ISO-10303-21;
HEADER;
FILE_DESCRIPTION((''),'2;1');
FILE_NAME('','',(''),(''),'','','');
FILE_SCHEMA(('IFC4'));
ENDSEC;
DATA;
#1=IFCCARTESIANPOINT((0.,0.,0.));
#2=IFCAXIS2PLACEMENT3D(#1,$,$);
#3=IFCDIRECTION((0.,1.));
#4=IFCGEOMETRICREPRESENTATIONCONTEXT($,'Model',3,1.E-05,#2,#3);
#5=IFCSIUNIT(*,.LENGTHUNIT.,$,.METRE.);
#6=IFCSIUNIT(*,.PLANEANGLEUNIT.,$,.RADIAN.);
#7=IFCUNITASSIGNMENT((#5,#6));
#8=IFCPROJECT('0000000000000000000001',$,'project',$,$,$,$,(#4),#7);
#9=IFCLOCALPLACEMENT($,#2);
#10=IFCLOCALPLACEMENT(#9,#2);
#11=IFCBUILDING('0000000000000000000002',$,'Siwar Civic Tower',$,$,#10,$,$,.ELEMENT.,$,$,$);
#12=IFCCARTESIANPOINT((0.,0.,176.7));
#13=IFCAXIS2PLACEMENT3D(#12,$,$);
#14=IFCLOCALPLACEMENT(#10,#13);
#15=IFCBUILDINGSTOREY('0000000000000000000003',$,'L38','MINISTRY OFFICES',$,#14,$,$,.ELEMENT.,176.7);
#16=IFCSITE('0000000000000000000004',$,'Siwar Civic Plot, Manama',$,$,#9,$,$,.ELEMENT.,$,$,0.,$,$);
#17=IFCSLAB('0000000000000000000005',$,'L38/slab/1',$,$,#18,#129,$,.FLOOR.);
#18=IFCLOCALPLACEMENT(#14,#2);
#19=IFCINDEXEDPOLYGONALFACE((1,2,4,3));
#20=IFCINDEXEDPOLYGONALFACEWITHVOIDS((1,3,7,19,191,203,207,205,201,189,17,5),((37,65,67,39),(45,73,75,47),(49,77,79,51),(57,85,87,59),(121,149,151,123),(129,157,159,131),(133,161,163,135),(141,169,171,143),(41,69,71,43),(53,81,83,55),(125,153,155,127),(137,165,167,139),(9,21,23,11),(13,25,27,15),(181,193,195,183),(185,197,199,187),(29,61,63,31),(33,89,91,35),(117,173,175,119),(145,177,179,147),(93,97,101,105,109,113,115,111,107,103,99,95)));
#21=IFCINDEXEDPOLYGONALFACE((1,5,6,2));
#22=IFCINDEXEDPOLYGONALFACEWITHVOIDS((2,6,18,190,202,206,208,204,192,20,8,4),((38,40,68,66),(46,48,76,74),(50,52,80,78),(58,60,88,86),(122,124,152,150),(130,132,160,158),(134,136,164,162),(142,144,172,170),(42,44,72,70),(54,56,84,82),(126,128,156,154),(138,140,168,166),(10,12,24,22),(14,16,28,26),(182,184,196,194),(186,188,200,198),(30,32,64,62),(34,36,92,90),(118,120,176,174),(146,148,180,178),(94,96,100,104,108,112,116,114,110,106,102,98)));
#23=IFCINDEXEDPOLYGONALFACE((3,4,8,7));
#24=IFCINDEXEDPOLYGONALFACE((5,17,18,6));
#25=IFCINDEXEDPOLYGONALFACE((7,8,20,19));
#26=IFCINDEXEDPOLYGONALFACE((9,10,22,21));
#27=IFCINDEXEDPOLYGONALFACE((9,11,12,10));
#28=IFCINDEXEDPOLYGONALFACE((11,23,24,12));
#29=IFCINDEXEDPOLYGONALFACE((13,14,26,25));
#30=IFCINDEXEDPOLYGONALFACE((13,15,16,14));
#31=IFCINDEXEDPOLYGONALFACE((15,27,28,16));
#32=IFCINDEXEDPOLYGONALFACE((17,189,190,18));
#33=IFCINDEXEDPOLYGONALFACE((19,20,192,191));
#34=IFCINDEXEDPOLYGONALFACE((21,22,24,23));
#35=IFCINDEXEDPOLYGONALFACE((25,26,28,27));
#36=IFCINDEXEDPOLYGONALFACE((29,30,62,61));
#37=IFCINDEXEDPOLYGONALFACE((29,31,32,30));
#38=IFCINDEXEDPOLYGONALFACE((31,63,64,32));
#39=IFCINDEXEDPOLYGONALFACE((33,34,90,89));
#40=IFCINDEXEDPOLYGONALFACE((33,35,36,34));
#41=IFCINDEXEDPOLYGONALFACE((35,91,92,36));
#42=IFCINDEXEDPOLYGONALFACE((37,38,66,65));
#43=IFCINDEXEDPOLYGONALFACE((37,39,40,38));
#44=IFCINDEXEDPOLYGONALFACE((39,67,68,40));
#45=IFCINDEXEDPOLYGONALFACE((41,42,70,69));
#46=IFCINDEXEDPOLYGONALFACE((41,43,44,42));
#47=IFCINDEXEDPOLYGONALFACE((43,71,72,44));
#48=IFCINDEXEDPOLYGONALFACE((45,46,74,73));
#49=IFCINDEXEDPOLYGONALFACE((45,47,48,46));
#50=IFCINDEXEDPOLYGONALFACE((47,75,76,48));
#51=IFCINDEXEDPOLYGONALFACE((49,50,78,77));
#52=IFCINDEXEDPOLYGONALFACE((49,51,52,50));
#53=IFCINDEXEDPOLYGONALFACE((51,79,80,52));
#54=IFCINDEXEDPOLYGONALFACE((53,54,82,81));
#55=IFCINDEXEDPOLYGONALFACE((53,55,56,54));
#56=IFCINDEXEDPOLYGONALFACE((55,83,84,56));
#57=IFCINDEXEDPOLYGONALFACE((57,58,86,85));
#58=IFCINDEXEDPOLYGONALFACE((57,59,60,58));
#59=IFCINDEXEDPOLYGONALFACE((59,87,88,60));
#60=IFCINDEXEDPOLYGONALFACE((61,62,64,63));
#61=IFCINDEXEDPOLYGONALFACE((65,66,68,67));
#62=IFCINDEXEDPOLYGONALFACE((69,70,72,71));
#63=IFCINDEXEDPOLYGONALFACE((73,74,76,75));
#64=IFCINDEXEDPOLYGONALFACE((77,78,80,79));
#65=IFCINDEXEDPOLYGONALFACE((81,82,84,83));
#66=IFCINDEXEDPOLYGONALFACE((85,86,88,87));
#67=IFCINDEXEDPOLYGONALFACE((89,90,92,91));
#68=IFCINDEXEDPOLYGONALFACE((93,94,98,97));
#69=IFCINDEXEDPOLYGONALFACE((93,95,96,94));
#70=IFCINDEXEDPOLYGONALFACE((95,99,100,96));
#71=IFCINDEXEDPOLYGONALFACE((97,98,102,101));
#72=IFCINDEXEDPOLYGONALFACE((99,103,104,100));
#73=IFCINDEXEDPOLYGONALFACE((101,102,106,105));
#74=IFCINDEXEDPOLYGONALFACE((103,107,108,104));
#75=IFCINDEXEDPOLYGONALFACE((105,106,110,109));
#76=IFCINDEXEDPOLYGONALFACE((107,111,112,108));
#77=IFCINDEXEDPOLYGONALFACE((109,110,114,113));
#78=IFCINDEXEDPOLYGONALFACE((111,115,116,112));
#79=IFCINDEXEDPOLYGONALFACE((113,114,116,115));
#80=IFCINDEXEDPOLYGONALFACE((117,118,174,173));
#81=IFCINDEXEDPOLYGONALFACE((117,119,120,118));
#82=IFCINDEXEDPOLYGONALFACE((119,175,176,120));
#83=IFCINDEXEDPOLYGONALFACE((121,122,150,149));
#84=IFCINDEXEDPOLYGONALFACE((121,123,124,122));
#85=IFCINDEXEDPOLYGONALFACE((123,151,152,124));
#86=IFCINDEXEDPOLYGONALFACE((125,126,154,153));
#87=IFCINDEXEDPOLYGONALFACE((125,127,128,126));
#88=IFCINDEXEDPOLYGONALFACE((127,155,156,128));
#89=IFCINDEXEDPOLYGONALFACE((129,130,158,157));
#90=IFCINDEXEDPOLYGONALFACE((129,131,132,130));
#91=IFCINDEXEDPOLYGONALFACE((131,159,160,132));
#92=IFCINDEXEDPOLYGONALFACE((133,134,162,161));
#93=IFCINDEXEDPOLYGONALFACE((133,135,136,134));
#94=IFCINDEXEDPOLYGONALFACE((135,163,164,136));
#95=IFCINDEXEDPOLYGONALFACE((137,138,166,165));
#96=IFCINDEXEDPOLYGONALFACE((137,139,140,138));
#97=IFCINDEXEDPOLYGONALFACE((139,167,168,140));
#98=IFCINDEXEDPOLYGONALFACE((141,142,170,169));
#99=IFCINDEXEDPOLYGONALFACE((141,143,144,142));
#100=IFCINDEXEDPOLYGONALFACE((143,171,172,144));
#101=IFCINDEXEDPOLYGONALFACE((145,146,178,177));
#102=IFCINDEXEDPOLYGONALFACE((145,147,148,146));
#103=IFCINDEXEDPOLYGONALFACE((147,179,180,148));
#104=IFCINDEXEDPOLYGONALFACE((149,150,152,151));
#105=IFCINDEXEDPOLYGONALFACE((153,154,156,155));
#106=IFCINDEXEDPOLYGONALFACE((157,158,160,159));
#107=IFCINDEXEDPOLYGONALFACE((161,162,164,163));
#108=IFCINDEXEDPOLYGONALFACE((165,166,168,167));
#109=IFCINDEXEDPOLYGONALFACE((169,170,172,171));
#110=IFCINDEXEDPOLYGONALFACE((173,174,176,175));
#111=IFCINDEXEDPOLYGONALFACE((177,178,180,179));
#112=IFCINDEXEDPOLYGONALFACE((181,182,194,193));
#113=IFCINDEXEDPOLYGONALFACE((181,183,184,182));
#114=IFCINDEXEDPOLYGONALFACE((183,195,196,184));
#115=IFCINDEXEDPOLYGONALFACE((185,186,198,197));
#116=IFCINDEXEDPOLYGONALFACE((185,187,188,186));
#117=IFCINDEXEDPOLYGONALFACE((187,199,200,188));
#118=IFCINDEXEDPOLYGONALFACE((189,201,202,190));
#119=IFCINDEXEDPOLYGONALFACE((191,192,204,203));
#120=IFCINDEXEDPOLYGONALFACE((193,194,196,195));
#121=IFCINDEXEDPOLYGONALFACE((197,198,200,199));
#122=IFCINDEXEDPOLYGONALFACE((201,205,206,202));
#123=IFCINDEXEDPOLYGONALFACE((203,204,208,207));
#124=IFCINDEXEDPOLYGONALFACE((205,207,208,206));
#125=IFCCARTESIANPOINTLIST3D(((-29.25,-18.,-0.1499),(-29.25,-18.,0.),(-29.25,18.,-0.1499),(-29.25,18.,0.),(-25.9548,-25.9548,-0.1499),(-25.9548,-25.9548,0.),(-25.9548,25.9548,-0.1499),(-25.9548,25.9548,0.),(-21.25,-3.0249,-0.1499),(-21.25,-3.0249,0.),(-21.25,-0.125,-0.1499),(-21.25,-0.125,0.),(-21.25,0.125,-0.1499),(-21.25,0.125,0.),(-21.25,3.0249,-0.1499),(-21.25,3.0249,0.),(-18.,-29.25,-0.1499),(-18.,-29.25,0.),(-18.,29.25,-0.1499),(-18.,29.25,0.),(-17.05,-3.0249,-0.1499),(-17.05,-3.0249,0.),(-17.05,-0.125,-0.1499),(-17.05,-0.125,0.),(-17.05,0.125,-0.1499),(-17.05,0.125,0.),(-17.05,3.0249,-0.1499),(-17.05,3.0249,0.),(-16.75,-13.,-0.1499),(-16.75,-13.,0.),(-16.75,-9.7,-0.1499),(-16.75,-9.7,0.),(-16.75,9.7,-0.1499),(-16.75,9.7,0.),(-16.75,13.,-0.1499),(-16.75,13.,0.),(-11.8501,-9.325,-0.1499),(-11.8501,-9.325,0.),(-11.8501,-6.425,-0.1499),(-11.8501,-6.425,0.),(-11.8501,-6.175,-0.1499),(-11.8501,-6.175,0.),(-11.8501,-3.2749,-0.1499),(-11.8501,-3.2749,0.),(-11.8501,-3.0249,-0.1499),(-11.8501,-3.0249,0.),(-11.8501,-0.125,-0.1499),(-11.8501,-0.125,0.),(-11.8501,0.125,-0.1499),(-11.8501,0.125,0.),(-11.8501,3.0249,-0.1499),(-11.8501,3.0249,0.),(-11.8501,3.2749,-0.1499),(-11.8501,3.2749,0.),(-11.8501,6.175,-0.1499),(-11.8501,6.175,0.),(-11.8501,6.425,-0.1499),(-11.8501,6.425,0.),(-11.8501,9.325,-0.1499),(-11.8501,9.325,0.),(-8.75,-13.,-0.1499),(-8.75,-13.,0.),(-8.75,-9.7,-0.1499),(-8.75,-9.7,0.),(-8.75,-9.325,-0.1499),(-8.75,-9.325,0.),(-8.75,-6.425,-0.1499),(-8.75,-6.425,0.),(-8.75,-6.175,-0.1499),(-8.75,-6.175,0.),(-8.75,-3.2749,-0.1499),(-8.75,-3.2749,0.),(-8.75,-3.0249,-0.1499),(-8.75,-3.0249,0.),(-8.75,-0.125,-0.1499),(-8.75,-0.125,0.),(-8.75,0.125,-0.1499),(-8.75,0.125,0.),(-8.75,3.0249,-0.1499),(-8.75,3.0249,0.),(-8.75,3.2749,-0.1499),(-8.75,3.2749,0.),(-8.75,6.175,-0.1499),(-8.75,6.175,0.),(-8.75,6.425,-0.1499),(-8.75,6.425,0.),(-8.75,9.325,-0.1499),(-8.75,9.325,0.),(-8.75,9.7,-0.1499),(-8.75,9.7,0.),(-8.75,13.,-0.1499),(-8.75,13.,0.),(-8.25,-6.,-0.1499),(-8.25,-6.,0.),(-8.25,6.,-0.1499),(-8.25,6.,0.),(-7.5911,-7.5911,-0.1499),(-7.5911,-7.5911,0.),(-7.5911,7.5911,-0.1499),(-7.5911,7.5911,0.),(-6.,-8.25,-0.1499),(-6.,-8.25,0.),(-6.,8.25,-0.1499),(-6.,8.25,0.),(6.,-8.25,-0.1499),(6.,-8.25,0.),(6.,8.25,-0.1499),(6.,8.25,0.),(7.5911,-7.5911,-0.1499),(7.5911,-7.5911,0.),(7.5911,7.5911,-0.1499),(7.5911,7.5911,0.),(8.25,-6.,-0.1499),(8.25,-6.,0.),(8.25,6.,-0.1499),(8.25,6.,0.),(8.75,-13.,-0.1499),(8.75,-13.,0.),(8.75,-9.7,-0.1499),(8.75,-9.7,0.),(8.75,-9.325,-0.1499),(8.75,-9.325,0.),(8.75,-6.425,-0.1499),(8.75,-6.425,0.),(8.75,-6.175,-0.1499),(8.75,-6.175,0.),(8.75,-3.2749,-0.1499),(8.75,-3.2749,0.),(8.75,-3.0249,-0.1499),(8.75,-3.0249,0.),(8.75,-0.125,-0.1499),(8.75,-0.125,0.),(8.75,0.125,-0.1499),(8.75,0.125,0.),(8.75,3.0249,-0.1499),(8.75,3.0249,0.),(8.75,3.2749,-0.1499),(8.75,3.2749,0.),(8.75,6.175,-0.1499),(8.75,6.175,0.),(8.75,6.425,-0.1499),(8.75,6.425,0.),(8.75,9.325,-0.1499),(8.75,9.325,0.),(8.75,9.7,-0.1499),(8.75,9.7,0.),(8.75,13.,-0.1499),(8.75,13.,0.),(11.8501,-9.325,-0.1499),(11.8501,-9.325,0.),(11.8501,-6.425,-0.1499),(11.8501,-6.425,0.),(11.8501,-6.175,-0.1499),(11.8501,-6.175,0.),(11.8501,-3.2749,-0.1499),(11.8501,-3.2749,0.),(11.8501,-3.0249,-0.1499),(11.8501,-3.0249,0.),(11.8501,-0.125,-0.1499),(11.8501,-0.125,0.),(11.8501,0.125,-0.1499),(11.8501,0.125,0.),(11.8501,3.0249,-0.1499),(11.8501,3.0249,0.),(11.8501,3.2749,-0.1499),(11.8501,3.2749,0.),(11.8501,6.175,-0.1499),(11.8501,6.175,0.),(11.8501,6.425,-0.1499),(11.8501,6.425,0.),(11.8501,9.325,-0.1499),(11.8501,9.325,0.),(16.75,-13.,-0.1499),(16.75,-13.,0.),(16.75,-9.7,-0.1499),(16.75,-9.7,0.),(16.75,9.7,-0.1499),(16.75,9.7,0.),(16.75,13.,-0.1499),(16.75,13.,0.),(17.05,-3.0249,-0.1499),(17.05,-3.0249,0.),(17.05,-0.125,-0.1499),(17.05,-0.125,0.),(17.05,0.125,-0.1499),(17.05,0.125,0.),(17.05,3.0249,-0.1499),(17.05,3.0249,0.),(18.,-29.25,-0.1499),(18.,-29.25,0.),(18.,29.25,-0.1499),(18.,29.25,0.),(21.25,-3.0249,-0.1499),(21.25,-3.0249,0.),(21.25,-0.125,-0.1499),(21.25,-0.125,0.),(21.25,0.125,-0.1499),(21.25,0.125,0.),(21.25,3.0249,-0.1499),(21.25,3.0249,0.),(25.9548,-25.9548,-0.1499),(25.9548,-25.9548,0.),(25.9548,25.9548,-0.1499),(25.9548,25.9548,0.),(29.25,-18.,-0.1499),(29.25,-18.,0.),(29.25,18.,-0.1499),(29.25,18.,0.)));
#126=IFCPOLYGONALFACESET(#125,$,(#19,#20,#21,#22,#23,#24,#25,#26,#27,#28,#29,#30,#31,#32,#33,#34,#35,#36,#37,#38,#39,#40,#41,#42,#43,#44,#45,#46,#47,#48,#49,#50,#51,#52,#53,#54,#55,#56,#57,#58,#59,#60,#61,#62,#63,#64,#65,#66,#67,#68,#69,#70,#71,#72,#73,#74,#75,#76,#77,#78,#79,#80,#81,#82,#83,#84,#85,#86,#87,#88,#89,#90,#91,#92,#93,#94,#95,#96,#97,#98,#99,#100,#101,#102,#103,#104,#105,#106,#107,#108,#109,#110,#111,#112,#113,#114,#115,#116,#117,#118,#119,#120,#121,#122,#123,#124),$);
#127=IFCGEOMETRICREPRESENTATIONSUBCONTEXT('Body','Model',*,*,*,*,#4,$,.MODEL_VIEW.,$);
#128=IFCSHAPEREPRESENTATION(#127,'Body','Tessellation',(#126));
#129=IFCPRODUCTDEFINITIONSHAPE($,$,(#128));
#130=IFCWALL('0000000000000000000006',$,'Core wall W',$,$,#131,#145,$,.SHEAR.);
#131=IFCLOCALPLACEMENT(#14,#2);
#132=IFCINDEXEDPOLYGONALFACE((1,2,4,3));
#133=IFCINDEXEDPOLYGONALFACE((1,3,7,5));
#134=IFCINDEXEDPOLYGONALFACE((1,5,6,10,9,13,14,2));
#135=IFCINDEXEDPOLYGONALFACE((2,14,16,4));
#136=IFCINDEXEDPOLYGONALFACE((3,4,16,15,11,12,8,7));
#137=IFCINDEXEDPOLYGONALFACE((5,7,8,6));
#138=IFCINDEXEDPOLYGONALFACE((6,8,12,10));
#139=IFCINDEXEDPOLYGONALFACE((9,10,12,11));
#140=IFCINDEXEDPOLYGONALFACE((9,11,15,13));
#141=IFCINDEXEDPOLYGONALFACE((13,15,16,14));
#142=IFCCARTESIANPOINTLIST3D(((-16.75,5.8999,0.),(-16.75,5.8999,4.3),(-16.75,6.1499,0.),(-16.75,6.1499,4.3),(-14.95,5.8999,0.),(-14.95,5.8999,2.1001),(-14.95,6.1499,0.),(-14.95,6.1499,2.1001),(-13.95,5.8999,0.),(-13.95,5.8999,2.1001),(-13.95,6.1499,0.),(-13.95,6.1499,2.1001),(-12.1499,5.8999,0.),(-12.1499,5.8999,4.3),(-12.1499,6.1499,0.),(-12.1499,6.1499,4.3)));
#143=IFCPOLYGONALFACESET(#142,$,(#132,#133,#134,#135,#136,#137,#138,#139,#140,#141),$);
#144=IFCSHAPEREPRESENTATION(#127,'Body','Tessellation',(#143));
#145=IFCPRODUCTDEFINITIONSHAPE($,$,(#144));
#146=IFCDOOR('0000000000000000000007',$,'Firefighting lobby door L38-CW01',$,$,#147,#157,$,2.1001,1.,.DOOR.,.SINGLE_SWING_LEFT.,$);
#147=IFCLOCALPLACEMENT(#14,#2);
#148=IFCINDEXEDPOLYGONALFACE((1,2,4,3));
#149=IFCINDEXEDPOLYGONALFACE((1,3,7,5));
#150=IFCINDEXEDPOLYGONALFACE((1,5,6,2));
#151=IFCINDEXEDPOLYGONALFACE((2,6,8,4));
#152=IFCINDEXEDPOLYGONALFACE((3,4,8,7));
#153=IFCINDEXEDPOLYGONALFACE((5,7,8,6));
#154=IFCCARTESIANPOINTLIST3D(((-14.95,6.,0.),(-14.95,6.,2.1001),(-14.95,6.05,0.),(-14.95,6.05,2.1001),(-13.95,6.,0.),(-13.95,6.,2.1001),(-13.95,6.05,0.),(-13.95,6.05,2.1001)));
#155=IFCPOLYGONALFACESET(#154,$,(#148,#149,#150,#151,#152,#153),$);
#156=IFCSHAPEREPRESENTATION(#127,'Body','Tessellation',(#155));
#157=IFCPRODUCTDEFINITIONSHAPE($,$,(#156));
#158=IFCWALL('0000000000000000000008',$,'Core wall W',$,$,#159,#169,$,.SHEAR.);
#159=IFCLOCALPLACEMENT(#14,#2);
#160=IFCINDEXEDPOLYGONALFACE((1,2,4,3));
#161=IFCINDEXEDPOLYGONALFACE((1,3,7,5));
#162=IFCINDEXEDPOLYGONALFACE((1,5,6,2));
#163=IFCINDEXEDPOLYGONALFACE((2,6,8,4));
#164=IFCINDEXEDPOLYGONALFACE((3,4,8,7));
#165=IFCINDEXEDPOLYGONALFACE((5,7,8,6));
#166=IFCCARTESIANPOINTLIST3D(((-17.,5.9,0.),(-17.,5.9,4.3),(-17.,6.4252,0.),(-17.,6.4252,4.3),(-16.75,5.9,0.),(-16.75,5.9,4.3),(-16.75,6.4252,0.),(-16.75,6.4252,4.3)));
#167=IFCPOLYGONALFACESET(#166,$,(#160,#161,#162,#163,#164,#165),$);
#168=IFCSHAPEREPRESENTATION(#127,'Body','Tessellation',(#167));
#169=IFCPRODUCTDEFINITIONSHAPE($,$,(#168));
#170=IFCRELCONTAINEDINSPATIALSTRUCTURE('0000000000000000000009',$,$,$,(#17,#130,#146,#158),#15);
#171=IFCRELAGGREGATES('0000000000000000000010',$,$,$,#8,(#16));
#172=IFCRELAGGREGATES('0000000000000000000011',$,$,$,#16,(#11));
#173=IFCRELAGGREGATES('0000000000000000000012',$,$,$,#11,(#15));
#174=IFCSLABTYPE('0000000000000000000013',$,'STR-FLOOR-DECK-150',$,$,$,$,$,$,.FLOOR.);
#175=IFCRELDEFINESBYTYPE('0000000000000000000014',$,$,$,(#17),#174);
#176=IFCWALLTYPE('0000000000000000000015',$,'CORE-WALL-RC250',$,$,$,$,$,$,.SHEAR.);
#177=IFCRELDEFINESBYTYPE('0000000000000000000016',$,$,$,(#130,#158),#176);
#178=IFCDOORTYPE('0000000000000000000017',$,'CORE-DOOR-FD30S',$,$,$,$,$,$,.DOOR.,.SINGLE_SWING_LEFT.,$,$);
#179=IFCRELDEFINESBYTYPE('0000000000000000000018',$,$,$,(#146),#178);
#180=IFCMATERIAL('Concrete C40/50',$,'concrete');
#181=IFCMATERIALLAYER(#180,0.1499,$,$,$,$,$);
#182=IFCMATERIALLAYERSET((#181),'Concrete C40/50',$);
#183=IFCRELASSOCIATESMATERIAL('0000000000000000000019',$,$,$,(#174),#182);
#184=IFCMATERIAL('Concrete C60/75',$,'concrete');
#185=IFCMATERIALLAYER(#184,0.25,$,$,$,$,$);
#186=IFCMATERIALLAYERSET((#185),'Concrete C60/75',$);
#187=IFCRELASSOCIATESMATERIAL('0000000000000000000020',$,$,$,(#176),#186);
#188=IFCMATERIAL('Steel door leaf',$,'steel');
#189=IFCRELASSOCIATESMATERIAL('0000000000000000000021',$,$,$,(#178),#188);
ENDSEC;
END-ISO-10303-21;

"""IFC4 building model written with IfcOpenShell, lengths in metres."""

from ifc_helpers import new_model, si_unit, direction, frame, frame_2d, origin, place, context, subcontext, project, spatial, polyline, rectangle, outline, extrude, material, layer, layer_set, type_object, element, fill, save


model = new_model("IFC4")

# Units and contexts
model_context = context("Model", 3, precision=1e-05, world=origin(), true_north=direction((0.0, 1.0)))
body_context = subcontext(model_context, "Body", "Model", "MODEL_VIEW")
ifc_project = project(units=[si_unit("LENGTHUNIT", "METRE"), si_unit("PLANEANGLEUNIT", "RADIAN")], contexts=[model_context])

# Site, building, storey
site_placement = place(None, origin())
site = spatial("IfcSite", under=ifc_project, at=site_placement, Name="Siwar Civic Plot, Manama", CompositionType="ELEMENT", RefElevation=0.0)
building_placement = place(site_placement, origin())
building = spatial("IfcBuilding", under=site, at=building_placement, Name="Siwar Civic Tower", CompositionType="ELEMENT")
storey_placement = place(building_placement, frame((0.0, 0.0, 176.7)))
storey = spatial("IfcBuildingStorey", under=building, at=storey_placement, Name="L38", Description="MINISTRY OFFICES", CompositionType="ELEMENT", Elevation=176.7)

# Slab
ifc_material_1 = material(Name="Concrete C40/50", Category="concrete")
ifc_layer_1 = layer(ifc_material_1, 0.1499)
ifc_layer_set_1 = layer_set([ifc_layer_1], Name="Concrete C40/50")
slab_type_1 = type_object("IfcSlabType", Name="STR-FLOOR-DECK-150", PredefinedType="FLOOR", material=ifc_layer_set_1)
slab_1_placement = place(storey_placement, frame((0.0, 0.0, -0.1499)))
element("IfcSlab", 1, at=slab_1_placement, inside=storey, type_object=slab_type_1, Name="L38/slab/1", PredefinedType="FLOOR", context=body_context, shape_type="SweptSolid", body=[
    extrude(outline(polyline([(-18.0, -29.25), (18.0, -29.25), (25.9548, -25.9548), (29.25, -18.0), (29.25, 18.0), (25.9548, 25.9548), (18.0, 29.25), (-18.0, 29.25), (-25.9548, 25.9548), (-29.25, 18.0), (-29.25, -18.0), (-25.9548, -25.9548), (-18.0, -29.25)]), holes=[polyline([(21.25, 3.0249), (21.25, 0.125), (17.05, 0.125), (17.05, 3.0249), (21.25, 3.0249)]), polyline([(17.05, -0.125), (21.25, -0.125), (21.25, -3.0249), (17.05, -3.0249), (17.05, -0.125)]), polyline([(16.75, 13.0), (16.75, 9.7), (8.75, 9.7), (8.75, 13.0), (16.75, 13.0)]), polyline([(8.75, -9.7), (16.75, -9.7), (16.75, -13.0), (8.75, -13.0), (8.75, -9.7)]), polyline([(11.8501, 9.325), (11.8501, 6.425), (8.75, 6.425), (8.75, 9.325), (11.8501, 9.325)]), polyline([(11.8501, 3.0249), (11.8501, 0.125), (8.75, 0.125), (8.75, 3.0249), (11.8501, 3.0249)]), polyline([(11.8501, -0.125), (11.8501, -3.0249), (8.75, -3.0249), (8.75, -0.125), (11.8501, -0.125)]), polyline([(11.8501, -3.2749), (11.8501, -6.175), (8.75, -6.175), (8.75, -3.2749), (11.8501, -3.2749)]), polyline([(8.75, 6.175), (11.8501, 6.175), (11.8501, 3.2749), (8.75, 3.2749), (8.75, 6.175)]), polyline([(8.75, -6.425), (11.8501, -6.425), (11.8501, -9.325), (8.75, -9.325), (8.75, -6.425)]), polyline([(-6.0, 8.25), (6.0, 8.25), (7.5911, 7.5911), (8.25, 6.0), (8.25, -6.0), (7.5911, -7.5911), (6.0, -8.25), (-6.0, -8.25), (-7.5911, -7.5911), (-8.25, -6.0), (-8.25, 6.0), (-7.5911, 7.5911), (-6.0, 8.25)]), polyline([(-8.75, 9.7), (-16.75, 9.7), (-16.75, 13.0), (-8.75, 13.0), (-8.75, 9.7)]), polyline([(-8.75, 0.125), (-11.8501, 0.125), (-11.8501, 3.0249), (-8.75, 3.0249), (-8.75, 0.125)]), polyline([(-8.75, -6.175), (-11.8501, -6.175), (-11.8501, -3.2749), (-8.75, -3.2749), (-8.75, -6.175)]), polyline([(-8.75, -9.325), (-11.8501, -9.325), (-11.8501, -6.425), (-8.75, -6.425), (-8.75, -9.325)]), polyline([(-8.75, -13.0), (-16.75, -13.0), (-16.75, -9.7), (-8.75, -9.7), (-8.75, -13.0)]), polyline([(-11.8501, 6.425), (-11.8501, 9.325), (-8.75, 9.325), (-8.75, 6.425), (-11.8501, 6.425)]), polyline([(-11.8501, 3.2749), (-11.8501, 6.175), (-8.75, 6.175), (-8.75, 3.2749), (-11.8501, 3.2749)]), polyline([(-11.8501, -3.0249), (-11.8501, -0.125), (-8.75, -0.125), (-8.75, -3.0249), (-11.8501, -3.0249)]), polyline([(-21.25, -3.0249), (-21.25, -0.125), (-17.05, -0.125), (-17.05, -3.0249), (-21.25, -3.0249)]), polyline([(-17.05, 0.125), (-21.25, 0.125), (-21.25, 3.0249), (-17.05, 3.0249), (-17.05, 0.125)])]), origin(), (0.0, 0.0, 1.0), 0.1499),
])

# Wall, opening, door
ifc_material_2 = material(Name="Concrete C60/75", Category="concrete")
ifc_layer_2 = layer(ifc_material_2, 0.25)
ifc_layer_set_2 = layer_set([ifc_layer_2], Name="Concrete C60/75")
wall_type_1 = type_object("IfcWallType", Name="CORE-WALL-RC250", PredefinedType="SHEAR", material=ifc_layer_set_2)
wall_1_placement = place(storey_placement, frame((-12.1499, 6.0249, 0.0), z_axis=(0.0, 0.0, 1.0), x_axis=(-1.0, 0.0, 0.0)))
wall_1 = element("IfcWall", 2, at=wall_1_placement, inside=storey, type_object=wall_type_1, Name="Core wall W", PredefinedType="SHEAR", context=body_context, shape_type="SweptSolid", body=[
    extrude(rectangle(XDim=4.6001, YDim=0.25, at=frame_2d((2.3, 0.0))), origin(), (0.0, 0.0, 1.0), 4.3),
])
opening_1_placement = place(wall_1_placement, frame((1.8, 0.0, 0.0)))
opening_1 = element("IfcOpeningElement", 3, at=opening_1_placement, cuts=wall_1, PredefinedType="OPENING", context=body_context, shape_type="SweptSolid", body=[
    extrude(rectangle(XDim=1.0, YDim=2.1001, at=frame_2d((0.5, 1.05))), frame((0.0, 0.135, 0.0), z_axis=(0.0, -1.0, 0.0), x_axis=(1.0, 0.0, 0.0)), (0.0, 0.0, 1.0), 0.27),
])
ifc_material_3 = material(Name="Steel door leaf", Category="steel")
door_type_1 = type_object("IfcDoorType", Name="CORE-DOOR-FD30S", OperationType="SINGLE_SWING_LEFT", PredefinedType="DOOR", material=ifc_material_3)
door_1_placement = place(opening_1_placement, origin())
door_1 = element("IfcDoor", 4, at=door_1_placement, inside=storey, type_object=door_type_1, Name="Firefighting lobby door L38-CW01", OperationType="SINGLE_SWING_LEFT", OverallHeight=2.1001, OverallWidth=1.0, PredefinedType="DOOR", context=body_context, shape_type="SweptSolid", body=[
    extrude(rectangle(XDim=1.0, YDim=2.1001, at=frame_2d((0.5, 1.05))), frame((0.0, 0.0249, 0.0), z_axis=(0.0, -1.0, 0.0), x_axis=(1.0, 0.0, 0.0)), (0.0, 0.0, 1.0), 0.05),
])
fill(opening_1, door_1)

# Wall
wall_2_placement = place(storey_placement, frame((-16.875, 5.8999, 0.0), z_axis=(0.0, 0.0, 1.0), x_axis=(0.0, 1.0, 0.0)))
element("IfcWall", 5, at=wall_2_placement, inside=storey, type_object=wall_type_1, Name="Core wall W", PredefinedType="SHEAR", context=body_context, shape_type="SweptSolid", body=[
    extrude(rectangle(XDim=0.5251, YDim=0.25, at=frame_2d((0.2627, 0.0))), origin(), (0.0, 0.0, 1.0), 4.3),
])

save(model, "model.ifc")
